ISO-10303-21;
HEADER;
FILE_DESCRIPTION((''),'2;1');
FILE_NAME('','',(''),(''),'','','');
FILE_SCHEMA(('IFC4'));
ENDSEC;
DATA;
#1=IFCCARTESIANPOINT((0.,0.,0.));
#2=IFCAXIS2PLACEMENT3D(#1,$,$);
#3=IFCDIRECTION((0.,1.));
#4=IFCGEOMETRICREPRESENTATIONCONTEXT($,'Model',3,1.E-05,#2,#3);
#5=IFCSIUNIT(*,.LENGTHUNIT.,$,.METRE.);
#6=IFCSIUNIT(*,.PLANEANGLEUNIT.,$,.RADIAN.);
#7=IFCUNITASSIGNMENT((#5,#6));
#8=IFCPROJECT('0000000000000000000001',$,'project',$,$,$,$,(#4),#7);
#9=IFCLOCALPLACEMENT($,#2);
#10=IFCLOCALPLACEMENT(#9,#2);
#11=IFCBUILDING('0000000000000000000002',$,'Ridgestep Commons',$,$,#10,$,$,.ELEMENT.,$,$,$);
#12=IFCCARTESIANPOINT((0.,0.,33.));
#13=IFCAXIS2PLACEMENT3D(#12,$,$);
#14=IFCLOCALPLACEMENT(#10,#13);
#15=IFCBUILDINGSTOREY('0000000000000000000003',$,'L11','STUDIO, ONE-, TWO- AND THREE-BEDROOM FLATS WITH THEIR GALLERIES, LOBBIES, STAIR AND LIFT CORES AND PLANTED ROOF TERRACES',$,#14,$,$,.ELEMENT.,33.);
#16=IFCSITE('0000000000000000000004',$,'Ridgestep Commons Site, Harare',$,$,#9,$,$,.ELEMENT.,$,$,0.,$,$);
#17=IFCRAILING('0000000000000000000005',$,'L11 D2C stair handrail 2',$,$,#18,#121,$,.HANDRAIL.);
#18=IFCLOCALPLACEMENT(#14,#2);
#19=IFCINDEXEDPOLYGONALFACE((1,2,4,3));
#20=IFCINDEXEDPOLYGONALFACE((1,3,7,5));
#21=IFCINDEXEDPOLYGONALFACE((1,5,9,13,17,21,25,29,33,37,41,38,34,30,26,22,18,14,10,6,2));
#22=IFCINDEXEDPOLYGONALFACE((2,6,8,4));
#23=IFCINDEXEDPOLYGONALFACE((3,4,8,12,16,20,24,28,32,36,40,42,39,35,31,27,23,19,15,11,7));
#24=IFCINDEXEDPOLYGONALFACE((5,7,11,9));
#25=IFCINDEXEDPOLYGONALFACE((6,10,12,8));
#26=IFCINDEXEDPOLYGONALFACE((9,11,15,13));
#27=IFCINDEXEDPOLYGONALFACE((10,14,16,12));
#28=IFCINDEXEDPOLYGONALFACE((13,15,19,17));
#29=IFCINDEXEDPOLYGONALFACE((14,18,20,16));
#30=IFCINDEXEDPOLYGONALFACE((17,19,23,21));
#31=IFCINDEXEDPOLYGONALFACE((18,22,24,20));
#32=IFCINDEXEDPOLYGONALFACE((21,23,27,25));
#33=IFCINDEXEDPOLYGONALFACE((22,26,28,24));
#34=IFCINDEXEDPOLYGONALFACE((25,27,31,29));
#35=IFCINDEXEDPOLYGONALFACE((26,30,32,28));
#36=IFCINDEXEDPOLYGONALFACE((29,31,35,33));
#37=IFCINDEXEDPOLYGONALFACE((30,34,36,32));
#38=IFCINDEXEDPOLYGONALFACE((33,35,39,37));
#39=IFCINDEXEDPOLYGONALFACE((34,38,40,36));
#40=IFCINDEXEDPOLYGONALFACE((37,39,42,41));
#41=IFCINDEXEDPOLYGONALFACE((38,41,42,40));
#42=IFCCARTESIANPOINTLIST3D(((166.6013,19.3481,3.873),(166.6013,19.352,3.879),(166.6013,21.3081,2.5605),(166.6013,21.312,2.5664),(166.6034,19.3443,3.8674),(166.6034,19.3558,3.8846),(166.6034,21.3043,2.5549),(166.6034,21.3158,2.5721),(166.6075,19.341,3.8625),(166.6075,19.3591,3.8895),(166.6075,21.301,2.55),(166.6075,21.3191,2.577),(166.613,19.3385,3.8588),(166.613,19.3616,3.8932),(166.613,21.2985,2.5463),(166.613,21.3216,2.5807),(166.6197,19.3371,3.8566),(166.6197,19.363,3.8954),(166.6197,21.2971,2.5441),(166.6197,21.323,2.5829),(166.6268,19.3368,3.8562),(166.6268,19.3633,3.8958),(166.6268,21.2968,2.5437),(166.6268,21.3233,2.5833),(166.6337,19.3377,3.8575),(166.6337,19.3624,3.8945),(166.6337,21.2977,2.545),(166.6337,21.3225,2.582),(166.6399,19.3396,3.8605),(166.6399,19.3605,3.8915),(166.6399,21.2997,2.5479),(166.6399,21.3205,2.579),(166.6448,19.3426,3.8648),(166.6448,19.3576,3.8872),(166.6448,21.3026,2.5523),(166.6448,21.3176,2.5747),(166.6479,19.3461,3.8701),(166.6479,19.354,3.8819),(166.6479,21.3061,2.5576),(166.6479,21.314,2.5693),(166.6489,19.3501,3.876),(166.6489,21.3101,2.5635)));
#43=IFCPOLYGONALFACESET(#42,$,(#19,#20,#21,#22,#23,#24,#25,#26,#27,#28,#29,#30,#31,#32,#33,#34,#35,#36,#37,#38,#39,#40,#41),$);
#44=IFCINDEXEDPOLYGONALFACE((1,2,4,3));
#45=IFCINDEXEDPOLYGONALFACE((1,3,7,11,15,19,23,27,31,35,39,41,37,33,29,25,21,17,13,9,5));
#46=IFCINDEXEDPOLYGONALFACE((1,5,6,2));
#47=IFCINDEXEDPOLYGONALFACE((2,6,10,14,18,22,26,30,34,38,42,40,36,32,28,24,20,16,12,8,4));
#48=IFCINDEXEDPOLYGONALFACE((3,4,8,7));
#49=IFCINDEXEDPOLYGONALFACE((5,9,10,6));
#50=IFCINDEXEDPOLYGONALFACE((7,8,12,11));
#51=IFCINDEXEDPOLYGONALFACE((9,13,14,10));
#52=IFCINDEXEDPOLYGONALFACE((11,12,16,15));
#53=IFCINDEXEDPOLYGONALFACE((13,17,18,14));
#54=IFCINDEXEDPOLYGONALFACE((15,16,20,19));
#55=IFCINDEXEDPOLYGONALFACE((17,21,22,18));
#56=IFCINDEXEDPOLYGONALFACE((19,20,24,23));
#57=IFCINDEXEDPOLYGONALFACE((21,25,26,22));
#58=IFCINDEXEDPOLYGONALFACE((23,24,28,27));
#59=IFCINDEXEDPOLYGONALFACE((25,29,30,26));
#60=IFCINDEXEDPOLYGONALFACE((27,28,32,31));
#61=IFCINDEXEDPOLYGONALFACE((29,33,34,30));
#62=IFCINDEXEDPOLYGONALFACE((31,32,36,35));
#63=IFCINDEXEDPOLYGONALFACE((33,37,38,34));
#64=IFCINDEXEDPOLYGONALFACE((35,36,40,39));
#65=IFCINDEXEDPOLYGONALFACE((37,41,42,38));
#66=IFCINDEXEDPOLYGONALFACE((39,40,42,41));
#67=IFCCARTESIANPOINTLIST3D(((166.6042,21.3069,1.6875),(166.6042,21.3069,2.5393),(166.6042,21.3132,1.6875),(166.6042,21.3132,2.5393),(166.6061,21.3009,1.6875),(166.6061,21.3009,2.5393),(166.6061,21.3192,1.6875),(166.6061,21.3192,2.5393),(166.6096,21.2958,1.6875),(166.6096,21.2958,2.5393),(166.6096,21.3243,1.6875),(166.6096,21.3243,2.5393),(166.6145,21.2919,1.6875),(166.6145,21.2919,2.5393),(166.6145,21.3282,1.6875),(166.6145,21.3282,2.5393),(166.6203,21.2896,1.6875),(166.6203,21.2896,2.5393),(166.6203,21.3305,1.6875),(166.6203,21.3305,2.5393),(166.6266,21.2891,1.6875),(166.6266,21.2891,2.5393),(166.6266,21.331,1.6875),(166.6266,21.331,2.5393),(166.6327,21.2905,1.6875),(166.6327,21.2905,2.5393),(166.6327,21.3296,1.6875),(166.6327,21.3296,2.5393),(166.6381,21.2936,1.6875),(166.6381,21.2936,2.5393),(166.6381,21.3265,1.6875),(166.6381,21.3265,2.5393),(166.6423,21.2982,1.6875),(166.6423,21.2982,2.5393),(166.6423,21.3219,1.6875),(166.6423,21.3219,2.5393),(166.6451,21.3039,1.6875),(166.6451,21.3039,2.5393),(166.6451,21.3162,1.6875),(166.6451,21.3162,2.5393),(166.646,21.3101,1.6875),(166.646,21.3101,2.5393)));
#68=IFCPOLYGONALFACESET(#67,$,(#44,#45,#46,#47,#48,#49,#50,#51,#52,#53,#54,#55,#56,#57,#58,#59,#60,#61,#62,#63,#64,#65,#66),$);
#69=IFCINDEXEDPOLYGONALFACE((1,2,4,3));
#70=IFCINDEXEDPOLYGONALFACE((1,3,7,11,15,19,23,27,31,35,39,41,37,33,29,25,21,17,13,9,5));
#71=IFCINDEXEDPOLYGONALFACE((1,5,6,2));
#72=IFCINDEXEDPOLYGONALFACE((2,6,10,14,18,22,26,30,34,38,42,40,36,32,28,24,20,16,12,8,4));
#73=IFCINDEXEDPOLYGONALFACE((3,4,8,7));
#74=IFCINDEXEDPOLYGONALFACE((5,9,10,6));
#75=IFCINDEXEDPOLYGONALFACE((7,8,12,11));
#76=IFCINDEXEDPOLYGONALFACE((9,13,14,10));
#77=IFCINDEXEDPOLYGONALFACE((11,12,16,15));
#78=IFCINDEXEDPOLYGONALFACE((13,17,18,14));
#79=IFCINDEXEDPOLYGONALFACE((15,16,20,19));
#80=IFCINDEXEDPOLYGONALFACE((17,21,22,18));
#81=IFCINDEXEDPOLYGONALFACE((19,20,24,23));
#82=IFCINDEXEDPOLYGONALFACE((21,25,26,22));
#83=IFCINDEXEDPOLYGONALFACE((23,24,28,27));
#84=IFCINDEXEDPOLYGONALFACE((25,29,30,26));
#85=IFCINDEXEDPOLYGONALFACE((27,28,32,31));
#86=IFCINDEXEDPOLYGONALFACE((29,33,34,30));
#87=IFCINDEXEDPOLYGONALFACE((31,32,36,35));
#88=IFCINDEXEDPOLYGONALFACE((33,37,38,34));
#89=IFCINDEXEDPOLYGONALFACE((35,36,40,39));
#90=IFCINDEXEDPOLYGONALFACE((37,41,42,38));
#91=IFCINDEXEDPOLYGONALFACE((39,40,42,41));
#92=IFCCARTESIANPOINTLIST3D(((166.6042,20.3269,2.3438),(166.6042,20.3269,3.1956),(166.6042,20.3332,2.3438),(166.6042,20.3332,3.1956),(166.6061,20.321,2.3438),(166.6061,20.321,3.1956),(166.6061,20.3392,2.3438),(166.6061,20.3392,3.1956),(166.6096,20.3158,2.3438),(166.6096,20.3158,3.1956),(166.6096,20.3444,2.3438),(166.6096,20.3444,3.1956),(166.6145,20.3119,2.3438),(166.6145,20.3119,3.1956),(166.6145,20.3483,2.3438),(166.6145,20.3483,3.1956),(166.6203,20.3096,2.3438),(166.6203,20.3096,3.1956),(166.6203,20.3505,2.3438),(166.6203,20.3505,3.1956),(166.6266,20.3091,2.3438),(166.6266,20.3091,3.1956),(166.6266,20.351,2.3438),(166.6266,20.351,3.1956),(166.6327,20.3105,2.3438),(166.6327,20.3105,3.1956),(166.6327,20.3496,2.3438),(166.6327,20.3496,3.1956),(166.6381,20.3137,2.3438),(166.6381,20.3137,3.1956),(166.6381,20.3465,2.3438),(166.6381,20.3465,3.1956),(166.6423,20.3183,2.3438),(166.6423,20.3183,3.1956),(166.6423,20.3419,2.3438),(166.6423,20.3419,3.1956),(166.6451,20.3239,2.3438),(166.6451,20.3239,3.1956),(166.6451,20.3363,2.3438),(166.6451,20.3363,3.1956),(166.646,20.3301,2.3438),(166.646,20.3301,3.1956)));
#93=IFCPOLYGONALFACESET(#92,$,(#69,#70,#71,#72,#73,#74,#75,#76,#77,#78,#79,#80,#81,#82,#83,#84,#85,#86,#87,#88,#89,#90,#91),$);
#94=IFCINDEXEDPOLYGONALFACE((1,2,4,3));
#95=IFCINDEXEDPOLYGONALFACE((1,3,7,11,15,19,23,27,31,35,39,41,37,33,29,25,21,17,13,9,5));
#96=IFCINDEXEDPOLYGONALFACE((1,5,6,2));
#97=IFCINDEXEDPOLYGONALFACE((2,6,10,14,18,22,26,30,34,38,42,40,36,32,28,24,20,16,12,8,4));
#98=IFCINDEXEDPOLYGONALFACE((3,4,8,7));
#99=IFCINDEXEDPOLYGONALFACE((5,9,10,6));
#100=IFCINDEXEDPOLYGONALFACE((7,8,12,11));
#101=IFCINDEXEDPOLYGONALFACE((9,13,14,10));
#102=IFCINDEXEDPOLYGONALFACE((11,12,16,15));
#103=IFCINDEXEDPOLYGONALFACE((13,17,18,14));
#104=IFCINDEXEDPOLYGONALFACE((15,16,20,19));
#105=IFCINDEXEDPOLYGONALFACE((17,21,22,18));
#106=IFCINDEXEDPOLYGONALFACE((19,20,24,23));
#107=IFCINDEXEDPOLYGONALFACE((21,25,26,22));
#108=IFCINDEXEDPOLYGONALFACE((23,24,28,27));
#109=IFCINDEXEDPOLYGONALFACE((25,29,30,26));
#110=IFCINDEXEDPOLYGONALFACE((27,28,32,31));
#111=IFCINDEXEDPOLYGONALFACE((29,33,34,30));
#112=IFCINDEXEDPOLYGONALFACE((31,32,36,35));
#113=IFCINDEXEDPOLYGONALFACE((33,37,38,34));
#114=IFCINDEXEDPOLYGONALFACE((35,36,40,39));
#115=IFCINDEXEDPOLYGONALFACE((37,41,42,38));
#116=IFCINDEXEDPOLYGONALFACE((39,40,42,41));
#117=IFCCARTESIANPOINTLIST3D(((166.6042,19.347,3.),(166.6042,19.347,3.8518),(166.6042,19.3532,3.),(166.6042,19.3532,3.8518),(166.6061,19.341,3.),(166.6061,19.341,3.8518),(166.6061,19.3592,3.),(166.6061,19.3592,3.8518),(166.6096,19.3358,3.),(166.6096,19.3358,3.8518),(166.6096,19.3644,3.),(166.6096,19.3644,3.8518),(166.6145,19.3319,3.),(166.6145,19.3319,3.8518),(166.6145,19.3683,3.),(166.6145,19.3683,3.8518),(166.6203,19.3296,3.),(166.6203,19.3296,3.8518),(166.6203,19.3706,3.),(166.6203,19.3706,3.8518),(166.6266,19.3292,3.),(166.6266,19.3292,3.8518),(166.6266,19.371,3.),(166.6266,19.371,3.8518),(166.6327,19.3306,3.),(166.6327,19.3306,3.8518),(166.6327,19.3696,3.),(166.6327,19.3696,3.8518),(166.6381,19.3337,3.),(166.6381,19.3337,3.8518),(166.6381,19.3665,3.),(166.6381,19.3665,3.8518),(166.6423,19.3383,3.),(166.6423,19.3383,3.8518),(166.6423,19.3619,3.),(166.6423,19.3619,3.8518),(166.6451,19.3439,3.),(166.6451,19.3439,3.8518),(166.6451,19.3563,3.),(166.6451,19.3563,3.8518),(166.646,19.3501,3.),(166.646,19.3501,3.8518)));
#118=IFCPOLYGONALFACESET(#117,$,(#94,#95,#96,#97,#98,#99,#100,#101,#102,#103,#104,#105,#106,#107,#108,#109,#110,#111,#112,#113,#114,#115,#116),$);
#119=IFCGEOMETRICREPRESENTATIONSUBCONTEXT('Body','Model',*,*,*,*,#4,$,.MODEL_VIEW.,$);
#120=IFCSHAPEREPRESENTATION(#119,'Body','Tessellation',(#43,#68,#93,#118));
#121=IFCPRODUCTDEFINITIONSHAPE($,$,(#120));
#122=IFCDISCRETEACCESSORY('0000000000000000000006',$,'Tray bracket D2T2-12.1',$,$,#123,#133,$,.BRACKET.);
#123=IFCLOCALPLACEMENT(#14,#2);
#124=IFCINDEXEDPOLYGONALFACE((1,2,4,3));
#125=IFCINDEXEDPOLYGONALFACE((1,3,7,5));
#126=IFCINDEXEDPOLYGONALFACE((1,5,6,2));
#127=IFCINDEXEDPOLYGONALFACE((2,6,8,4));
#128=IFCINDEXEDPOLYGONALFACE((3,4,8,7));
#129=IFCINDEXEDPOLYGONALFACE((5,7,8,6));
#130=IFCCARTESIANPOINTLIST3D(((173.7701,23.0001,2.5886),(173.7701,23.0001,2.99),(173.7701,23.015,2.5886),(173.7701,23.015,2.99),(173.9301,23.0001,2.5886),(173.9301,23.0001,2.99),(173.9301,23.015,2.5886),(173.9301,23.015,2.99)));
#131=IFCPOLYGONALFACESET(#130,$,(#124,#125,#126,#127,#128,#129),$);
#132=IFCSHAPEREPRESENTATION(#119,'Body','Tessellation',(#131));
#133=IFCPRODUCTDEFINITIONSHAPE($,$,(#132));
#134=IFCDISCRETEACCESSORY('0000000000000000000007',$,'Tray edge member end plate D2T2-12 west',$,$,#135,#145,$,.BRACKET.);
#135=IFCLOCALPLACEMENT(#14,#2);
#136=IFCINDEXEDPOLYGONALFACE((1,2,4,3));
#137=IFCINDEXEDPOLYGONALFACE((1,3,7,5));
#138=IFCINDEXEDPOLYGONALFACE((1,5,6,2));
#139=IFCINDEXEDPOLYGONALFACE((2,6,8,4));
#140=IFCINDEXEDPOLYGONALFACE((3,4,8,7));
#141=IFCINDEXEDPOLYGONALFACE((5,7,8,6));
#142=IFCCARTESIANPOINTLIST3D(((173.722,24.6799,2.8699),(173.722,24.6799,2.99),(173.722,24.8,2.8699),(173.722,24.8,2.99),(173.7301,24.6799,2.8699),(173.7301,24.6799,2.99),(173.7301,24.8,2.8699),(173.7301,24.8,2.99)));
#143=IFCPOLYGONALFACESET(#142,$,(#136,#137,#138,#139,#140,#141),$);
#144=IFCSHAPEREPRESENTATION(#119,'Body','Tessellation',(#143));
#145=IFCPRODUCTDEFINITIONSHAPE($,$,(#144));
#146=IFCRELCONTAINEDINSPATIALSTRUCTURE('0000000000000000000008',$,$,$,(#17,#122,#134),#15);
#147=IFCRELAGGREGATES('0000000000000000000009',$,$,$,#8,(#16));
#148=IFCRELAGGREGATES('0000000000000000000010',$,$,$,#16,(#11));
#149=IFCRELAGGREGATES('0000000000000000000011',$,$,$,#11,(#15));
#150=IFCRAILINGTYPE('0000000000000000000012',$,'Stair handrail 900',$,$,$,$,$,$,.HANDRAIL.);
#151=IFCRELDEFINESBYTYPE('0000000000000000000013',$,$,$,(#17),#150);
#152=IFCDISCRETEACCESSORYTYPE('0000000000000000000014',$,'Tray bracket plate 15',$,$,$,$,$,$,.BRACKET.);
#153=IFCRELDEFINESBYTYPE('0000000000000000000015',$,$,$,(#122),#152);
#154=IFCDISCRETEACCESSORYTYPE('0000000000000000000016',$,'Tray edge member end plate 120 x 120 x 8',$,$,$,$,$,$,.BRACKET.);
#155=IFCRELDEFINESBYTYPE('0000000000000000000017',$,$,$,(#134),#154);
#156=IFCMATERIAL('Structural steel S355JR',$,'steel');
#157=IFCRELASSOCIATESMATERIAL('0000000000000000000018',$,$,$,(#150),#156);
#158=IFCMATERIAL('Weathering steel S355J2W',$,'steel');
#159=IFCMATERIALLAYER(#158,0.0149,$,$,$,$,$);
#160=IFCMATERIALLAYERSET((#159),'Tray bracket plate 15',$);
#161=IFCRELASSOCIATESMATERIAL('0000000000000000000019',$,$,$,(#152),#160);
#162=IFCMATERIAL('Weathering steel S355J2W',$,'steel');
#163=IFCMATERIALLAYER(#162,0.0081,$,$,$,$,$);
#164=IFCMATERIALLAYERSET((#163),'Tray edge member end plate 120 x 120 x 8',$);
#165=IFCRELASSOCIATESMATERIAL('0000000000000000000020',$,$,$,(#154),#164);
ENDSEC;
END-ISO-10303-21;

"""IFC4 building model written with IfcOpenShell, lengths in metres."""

from ifc_helpers import new_model, si_unit, direction, frame, origin, origin_2d, place, context, subcontext, project, spatial, rectangle, circle, extrude, material, layer, layer_set, type_object, element, save


model = new_model("IFC4")

# Units and contexts
model_context = context("Model", 3, precision=1e-05, world=origin(), true_north=direction((0.0, 1.0)))
body_context = subcontext(model_context, "Body", "Model", "MODEL_VIEW")
ifc_project = project(units=[si_unit("LENGTHUNIT", "METRE"), si_unit("PLANEANGLEUNIT", "RADIAN")], contexts=[model_context])

# Site, building, storey
site_placement = place(None, origin())
site = spatial("IfcSite", under=ifc_project, at=site_placement, Name="Ridgestep Commons Site, Harare", CompositionType="ELEMENT", RefElevation=0.0)
building_placement = place(site_placement, origin())
building = spatial("IfcBuilding", under=site, at=building_placement, Name="Ridgestep Commons", CompositionType="ELEMENT")
storey_placement = place(building_placement, frame((0.0, 0.0, 33.0)))
storey = spatial("IfcBuildingStorey", under=building, at=storey_placement, Name="L11", Description="STUDIO, ONE-, TWO- AND THREE-BEDROOM FLATS WITH THEIR GALLERIES, LOBBIES, STAIR AND LIFT CORES AND PLANTED ROOF TERRACES", CompositionType="ELEMENT", Elevation=33.0)

# Railing
ifc_material_1 = material(Name="Structural steel S355JR", Category="steel")
railing_type_1 = type_object("IfcRailingType", Name="Stair handrail 900", PredefinedType="HANDRAIL", material=ifc_material_1)
railing_1_placement = place(storey_placement, frame((166.625, 21.3101, 1.6875)))
element("IfcRailing", 1, at=railing_1_placement, inside=storey, type_object=railing_type_1, Name="L11 D2C stair handrail 2", PredefinedType="HANDRAIL", context=body_context, shape_type="SweptSolid", body=[
    extrude(circle(Radius=0.0239, at=origin_2d()), frame((0.0, 0.0, 0.876), z_axis=(0.0, -0.830902, 0.556419), x_axis=(1.0, 0.0, 0.0)), (0.0, 0.0, 1.0), 2.3589),
    extrude(circle(Radius=0.021, at=origin_2d()), origin(), (0.0, 0.0, 1.0), 0.8518),
    extrude(circle(Radius=0.021, at=origin_2d()), frame((0.0, -0.98, 0.6562)), (0.0, 0.0, 1.0), 0.8518),
    extrude(circle(Radius=0.021, at=origin_2d()), frame((0.0, -1.96, 1.3125)), (0.0, 0.0, 1.0), 0.8518),
])

# Discrete accessories
ifc_material_2 = material(Name="Weathering steel S355J2W", Category="steel")
ifc_layer_1 = layer(ifc_material_2, 0.0149)
ifc_layer_set_1 = layer_set([ifc_layer_1], Name="Tray bracket plate 15")
discrete_accessory_type_1 = type_object("IfcDiscreteAccessoryType", Name="Tray bracket plate 15", PredefinedType="BRACKET", material=ifc_layer_set_1)
discrete_accessory_1_placement = place(storey_placement, frame((173.8501, 23.0076, 2.5886), z_axis=(0.0, 0.0, 1.0), x_axis=(1.0, 0.0, 0.0)))
element("IfcDiscreteAccessory", 2, at=discrete_accessory_1_placement, inside=storey, type_object=discrete_accessory_type_1, Name="Tray bracket D2T2-12.1", PredefinedType="BRACKET", context=body_context, shape_type="SweptSolid", body=[
    extrude(rectangle(XDim=0.1599, YDim=0.0149, at=origin_2d()), origin(), (0.0, 0.0, 1.0), 0.4014),
])
ifc_material_3 = material(Name="Weathering steel S355J2W", Category="steel")
ifc_layer_2 = layer(ifc_material_3, 0.0081)
ifc_layer_set_2 = layer_set([ifc_layer_2], Name="Tray edge member end plate 120 x 120 x 8")
discrete_accessory_type_2 = type_object("IfcDiscreteAccessoryType", Name="Tray edge member end plate 120 x 120 x 8", PredefinedType="BRACKET", material=ifc_layer_set_2)
discrete_accessory_2_placement = place(storey_placement, frame((173.7261, 24.74, 2.8699), z_axis=(0.0, 0.0, 1.0), x_axis=(1.0, 0.0, 0.0)))
element("IfcDiscreteAccessory", 3, at=discrete_accessory_2_placement, inside=storey, type_object=discrete_accessory_type_2, Name="Tray edge member end plate D2T2-12 west", PredefinedType="BRACKET", context=body_context, shape_type="SweptSolid", body=[
    extrude(rectangle(XDim=0.0081, YDim=0.1201, at=origin_2d()), origin(), (0.0, 0.0, 1.0), 0.1201),
])

save(model, "model.ifc")
